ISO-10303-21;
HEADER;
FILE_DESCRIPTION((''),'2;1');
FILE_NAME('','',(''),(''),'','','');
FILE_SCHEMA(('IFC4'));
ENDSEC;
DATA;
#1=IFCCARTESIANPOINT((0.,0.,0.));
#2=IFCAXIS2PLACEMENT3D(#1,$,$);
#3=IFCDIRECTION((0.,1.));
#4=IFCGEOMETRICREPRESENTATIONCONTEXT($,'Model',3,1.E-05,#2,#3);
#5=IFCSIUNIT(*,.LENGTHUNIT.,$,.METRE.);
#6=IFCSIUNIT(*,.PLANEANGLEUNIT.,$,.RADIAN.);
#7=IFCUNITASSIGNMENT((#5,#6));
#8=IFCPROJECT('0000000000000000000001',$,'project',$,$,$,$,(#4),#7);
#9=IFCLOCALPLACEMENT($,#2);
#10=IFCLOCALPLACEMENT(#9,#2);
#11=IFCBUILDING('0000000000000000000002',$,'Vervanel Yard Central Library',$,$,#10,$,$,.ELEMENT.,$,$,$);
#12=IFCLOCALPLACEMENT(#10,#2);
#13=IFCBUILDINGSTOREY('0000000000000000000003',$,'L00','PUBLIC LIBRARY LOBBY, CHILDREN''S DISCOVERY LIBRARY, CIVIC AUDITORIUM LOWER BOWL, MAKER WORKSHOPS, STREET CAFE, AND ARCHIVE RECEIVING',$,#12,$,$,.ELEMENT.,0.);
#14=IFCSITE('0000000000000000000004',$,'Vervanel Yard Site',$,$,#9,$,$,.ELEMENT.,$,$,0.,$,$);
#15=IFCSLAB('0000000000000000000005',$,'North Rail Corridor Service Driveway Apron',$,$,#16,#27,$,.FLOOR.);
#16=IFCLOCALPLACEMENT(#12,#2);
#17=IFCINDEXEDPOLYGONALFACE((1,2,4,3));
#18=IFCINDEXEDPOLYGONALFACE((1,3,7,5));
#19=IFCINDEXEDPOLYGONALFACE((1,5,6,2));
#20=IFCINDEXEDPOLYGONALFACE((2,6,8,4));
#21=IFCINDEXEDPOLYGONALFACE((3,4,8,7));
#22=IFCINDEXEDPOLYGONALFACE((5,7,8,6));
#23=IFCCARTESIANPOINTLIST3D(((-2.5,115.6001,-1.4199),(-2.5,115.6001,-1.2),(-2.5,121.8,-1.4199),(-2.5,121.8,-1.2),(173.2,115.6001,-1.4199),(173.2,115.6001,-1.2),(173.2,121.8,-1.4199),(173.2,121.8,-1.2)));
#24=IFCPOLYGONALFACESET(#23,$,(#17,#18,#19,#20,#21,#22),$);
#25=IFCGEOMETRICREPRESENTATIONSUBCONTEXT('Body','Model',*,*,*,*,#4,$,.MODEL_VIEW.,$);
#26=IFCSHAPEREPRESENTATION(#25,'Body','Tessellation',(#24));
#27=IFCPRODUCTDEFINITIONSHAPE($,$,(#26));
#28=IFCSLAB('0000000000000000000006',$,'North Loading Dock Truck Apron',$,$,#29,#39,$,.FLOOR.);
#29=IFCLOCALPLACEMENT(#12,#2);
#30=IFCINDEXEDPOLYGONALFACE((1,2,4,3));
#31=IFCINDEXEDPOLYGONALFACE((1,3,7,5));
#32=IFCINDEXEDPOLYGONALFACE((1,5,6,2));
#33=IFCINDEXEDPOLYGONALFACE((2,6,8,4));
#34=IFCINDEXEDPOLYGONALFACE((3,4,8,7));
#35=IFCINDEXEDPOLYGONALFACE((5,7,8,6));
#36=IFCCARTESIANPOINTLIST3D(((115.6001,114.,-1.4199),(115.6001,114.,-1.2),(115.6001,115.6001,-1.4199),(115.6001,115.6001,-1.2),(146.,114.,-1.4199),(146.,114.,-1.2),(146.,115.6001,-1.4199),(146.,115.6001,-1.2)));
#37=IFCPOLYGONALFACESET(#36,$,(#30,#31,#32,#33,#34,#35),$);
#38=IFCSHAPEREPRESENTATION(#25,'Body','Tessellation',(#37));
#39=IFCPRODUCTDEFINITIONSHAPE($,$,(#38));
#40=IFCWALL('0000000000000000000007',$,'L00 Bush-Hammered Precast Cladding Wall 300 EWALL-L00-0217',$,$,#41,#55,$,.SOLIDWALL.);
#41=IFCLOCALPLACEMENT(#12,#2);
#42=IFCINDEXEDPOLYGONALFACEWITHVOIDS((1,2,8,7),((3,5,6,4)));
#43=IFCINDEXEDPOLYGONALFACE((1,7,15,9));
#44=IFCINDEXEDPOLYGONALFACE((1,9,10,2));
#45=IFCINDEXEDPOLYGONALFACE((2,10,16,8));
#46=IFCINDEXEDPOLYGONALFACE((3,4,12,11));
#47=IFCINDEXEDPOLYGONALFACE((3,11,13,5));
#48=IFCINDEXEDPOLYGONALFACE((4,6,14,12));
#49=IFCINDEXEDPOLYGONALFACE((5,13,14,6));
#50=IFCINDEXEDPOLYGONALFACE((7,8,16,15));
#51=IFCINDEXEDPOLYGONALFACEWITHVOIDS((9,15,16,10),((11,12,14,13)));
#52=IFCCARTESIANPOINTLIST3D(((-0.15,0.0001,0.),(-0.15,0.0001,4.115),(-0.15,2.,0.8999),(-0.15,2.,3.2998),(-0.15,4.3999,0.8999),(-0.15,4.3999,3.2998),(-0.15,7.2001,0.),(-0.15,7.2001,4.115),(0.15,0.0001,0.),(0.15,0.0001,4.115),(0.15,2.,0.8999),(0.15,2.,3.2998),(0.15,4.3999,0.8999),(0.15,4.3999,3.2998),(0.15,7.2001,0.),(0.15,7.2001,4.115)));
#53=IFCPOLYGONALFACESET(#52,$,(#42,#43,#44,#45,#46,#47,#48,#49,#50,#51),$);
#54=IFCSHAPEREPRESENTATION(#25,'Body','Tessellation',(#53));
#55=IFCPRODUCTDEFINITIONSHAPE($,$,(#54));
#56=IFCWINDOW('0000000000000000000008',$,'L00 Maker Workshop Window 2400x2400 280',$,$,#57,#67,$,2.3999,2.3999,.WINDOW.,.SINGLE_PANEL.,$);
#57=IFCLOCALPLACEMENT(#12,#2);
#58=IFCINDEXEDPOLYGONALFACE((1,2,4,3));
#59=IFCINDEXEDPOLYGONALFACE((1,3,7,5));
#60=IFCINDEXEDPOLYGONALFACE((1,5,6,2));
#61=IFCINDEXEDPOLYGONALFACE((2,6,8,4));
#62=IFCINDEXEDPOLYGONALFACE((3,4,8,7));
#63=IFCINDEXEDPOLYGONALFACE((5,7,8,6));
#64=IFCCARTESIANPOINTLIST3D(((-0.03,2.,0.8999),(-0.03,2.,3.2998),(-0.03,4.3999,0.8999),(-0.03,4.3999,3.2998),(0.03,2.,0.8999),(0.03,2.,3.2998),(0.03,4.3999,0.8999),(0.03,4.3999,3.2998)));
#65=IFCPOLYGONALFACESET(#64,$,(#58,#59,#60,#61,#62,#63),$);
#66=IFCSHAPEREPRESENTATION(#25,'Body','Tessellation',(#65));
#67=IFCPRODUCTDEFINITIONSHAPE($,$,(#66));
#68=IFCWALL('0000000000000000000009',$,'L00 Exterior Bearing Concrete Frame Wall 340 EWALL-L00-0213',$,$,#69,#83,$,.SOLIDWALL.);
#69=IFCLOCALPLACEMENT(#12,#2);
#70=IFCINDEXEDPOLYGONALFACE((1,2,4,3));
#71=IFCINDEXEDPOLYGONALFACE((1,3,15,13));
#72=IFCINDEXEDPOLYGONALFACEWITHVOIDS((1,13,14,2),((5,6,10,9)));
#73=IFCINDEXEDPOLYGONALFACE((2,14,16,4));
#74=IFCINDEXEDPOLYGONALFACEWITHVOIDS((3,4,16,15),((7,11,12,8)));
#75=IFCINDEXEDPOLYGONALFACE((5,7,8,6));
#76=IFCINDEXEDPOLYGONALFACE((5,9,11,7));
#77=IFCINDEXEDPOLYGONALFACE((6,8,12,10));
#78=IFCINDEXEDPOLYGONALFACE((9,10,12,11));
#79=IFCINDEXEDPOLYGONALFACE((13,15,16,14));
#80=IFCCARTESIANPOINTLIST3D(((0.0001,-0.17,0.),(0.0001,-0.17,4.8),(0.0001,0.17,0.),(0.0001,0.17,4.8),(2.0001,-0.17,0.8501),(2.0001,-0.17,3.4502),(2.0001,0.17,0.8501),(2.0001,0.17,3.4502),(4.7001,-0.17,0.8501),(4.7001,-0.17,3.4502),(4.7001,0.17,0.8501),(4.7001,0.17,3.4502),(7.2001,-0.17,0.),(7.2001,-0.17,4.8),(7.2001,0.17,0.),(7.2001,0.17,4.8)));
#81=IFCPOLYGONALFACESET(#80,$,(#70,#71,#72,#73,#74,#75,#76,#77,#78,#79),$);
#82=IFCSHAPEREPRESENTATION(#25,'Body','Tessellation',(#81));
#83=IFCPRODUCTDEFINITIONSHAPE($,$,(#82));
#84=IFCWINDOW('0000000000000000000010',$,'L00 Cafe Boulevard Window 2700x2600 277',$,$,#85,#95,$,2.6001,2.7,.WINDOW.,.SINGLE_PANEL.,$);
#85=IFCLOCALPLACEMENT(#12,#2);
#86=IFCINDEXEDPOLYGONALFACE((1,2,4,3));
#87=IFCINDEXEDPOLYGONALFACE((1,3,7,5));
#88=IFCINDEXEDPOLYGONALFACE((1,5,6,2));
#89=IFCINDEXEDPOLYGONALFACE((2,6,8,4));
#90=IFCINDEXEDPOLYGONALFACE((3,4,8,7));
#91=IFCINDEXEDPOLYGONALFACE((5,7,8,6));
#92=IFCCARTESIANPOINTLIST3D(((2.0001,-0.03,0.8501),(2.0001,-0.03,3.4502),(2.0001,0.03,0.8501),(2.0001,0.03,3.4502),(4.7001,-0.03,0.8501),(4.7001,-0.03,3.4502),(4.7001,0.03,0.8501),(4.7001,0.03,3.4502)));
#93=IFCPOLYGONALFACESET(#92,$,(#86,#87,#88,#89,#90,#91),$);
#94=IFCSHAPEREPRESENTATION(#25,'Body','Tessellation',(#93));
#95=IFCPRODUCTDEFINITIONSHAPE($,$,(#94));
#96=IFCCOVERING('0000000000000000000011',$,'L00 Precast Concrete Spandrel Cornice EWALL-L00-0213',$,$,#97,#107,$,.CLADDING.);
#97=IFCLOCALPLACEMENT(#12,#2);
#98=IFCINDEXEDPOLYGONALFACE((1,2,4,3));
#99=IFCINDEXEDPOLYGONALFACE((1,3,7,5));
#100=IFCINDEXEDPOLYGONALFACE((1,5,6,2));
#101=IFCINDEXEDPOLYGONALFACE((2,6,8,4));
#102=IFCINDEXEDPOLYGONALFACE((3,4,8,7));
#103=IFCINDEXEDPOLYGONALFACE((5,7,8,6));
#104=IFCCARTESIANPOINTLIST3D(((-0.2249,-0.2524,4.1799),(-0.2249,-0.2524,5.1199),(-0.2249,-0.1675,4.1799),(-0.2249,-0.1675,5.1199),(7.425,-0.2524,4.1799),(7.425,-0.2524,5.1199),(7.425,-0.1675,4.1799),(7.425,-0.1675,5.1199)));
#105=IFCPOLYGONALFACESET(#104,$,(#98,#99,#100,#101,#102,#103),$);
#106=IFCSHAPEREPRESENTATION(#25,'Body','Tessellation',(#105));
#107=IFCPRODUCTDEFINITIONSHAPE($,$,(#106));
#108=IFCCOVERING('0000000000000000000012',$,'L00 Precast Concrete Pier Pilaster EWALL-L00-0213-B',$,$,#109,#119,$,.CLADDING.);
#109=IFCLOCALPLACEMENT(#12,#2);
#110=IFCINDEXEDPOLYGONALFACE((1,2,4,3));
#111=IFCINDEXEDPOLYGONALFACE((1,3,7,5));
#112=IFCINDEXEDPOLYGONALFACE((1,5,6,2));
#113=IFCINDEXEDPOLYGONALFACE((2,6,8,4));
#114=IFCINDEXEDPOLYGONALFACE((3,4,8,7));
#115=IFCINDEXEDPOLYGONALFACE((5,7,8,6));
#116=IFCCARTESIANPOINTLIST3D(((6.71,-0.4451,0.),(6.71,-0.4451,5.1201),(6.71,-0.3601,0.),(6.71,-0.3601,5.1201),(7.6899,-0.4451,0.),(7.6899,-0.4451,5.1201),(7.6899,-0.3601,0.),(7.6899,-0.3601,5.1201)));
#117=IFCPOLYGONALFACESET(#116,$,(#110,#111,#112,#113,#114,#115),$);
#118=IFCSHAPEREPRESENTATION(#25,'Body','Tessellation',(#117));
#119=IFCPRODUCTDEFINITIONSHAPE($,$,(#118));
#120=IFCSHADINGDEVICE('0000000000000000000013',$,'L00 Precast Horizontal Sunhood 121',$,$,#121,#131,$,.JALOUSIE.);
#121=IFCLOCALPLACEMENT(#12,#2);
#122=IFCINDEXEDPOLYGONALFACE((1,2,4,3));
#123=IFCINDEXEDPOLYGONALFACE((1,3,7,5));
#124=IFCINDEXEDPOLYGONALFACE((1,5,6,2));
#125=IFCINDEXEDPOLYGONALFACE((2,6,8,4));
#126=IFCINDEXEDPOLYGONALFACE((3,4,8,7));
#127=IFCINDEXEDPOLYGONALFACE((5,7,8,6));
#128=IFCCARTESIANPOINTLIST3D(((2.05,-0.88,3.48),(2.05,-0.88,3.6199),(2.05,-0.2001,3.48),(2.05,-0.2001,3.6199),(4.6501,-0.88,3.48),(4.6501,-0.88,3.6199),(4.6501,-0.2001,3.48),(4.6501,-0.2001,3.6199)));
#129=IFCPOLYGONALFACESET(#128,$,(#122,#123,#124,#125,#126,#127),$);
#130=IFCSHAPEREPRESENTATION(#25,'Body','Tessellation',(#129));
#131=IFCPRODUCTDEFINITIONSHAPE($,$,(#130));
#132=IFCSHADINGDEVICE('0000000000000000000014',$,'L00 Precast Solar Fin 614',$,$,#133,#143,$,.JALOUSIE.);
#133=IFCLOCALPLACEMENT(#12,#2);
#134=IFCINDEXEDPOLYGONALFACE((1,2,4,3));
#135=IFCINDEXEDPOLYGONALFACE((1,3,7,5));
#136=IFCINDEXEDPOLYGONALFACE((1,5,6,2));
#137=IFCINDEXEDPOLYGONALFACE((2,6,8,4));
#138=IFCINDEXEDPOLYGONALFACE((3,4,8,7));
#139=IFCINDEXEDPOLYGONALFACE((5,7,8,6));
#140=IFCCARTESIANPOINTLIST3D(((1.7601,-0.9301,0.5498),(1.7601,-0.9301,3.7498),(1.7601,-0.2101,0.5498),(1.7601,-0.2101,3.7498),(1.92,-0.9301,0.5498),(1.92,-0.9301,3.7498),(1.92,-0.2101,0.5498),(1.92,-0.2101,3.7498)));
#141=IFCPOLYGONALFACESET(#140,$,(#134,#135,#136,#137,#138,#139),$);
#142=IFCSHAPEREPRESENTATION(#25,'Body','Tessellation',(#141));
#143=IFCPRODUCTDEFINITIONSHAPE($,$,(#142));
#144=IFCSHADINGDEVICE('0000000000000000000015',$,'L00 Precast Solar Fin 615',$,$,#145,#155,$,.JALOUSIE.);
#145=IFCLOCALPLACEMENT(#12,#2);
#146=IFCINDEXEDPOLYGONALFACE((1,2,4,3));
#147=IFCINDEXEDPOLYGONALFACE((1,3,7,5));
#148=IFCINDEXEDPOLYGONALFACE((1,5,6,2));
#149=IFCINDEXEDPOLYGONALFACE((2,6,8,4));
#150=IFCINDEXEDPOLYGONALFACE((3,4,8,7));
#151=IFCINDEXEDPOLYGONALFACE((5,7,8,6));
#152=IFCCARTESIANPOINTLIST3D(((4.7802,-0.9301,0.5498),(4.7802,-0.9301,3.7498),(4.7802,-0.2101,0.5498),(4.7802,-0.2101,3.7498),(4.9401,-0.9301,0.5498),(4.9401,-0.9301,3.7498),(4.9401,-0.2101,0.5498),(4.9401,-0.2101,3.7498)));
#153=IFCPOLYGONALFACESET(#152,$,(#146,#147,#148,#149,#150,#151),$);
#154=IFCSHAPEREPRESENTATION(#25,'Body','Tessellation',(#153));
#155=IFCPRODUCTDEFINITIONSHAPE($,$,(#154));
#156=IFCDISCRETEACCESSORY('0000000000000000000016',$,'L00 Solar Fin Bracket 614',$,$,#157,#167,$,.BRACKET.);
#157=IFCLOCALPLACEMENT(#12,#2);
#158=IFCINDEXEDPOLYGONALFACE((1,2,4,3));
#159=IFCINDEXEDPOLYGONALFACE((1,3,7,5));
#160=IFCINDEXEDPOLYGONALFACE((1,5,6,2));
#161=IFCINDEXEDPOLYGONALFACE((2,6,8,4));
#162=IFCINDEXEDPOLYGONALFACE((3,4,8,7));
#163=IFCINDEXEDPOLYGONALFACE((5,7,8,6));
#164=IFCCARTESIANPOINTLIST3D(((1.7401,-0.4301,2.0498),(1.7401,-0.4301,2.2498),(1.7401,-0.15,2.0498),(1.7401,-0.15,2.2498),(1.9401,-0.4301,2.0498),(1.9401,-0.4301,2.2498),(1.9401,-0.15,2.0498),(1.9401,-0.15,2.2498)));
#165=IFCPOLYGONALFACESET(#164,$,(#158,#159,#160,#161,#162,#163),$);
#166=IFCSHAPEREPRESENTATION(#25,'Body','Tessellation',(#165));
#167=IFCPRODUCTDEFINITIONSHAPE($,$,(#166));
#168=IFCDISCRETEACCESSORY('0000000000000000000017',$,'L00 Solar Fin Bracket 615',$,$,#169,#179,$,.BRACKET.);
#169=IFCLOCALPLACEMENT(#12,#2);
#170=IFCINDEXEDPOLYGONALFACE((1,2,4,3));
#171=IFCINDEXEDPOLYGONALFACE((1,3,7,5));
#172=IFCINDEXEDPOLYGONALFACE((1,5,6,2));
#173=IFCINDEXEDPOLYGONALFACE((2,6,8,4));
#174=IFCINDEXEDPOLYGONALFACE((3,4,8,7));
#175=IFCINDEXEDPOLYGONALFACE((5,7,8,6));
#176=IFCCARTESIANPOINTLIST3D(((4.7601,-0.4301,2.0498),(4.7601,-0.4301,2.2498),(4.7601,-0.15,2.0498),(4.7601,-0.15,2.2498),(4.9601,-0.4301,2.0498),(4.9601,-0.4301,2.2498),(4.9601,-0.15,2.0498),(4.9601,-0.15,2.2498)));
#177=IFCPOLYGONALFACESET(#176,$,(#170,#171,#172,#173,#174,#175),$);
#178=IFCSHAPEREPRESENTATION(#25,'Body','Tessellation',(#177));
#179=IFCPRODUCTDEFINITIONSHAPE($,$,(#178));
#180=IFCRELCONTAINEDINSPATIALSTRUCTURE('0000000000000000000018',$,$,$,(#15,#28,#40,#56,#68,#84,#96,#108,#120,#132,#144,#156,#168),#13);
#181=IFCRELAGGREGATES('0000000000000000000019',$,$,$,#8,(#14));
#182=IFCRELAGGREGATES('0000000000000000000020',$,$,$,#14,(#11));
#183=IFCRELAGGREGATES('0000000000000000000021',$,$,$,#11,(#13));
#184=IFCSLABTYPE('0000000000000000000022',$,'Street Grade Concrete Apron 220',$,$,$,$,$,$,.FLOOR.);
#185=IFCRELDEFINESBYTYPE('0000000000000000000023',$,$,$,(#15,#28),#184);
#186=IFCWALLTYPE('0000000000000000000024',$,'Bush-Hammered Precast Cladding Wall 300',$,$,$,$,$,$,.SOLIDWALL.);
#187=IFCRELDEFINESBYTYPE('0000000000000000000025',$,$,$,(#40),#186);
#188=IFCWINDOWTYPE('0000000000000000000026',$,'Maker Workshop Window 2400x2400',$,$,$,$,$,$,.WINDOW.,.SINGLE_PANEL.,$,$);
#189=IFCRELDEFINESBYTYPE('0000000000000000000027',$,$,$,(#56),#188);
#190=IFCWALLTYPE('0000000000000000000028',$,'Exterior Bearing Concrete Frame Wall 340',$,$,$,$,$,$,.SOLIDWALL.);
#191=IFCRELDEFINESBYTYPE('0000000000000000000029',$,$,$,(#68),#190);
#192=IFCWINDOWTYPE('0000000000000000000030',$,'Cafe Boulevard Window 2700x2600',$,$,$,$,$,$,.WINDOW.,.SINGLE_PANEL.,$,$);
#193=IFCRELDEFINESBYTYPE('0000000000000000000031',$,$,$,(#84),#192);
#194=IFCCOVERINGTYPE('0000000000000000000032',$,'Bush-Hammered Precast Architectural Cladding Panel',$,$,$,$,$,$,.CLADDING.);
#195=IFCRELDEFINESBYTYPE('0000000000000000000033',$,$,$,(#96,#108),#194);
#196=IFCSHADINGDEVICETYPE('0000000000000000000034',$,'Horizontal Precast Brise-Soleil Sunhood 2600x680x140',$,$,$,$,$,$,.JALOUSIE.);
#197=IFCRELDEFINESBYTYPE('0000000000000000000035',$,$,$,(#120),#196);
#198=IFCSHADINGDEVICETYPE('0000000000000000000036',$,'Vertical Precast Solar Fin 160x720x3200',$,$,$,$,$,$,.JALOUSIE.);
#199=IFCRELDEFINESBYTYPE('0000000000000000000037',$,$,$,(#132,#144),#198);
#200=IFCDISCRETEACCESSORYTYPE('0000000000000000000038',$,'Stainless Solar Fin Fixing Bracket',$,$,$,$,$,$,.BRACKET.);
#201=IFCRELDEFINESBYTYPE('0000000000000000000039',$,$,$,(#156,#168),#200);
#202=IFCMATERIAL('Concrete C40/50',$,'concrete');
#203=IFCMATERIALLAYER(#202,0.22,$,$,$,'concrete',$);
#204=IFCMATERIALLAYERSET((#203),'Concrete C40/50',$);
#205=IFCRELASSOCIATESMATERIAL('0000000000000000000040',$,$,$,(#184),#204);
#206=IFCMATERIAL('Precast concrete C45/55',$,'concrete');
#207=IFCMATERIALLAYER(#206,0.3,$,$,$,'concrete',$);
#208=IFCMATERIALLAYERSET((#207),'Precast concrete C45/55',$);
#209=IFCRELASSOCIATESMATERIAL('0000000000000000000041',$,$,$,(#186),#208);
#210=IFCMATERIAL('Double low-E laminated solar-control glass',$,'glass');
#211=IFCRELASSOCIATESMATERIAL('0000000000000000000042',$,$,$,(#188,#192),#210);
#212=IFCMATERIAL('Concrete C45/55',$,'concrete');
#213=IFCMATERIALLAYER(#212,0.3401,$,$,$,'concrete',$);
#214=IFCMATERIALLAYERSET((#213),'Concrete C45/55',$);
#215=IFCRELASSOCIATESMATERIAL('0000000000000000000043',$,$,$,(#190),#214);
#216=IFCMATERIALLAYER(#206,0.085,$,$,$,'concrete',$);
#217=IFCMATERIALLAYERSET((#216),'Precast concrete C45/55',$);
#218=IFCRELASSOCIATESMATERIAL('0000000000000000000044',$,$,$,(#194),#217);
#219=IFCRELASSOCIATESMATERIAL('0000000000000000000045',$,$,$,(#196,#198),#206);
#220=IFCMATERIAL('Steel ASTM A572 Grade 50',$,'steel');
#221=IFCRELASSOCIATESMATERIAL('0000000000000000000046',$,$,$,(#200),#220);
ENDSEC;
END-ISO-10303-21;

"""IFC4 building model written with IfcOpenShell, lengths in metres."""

from ifc_helpers import new_model, si_unit, direction, frame, frame_2d, origin, origin_with_axes, origin_2d, place, context, subcontext, project, spatial, polyline, rectangle, outline, extrude, material, layer, layer_set, type_object, element, fill, save


model = new_model("IFC4")

# Units and contexts
model_context = context("Model", 3, precision=1e-05, world=origin(), true_north=direction((0.0, 1.0)))
body_context = subcontext(model_context, "Body", "Model", "MODEL_VIEW")
ifc_project = project(units=[si_unit("LENGTHUNIT", "METRE"), si_unit("PLANEANGLEUNIT", "RADIAN")], contexts=[model_context])

# Site, building, storey
site_placement = place(None, origin())
site = spatial("IfcSite", under=ifc_project, at=site_placement, Name="Vervanel Yard Site", CompositionType="ELEMENT", RefElevation=0.0)
building_placement = place(site_placement, origin())
building = spatial("IfcBuilding", under=site, at=building_placement, Name="Vervanel Yard Central Library", CompositionType="ELEMENT")
storey_placement = place(building_placement, origin())
storey = spatial("IfcBuildingStorey", under=building, at=storey_placement, Name="L00", Description="PUBLIC LIBRARY LOBBY, CHILDREN'S DISCOVERY LIBRARY, CIVIC AUDITORIUM LOWER BOWL, MAKER WORKSHOPS, STREET CAFE, AND ARCHIVE RECEIVING", CompositionType="ELEMENT", Elevation=0.0)

# Shared definitions
ifc_material_1 = material(Name="Concrete C40/50", Category="concrete")

# Shared definitions
ifc_material_2 = material(Name="Concrete C45/55", Category="concrete")

# Slabs
ifc_layer_1 = layer(ifc_material_1, 0.22, Category="concrete")
ifc_layer_set_1 = layer_set([ifc_layer_1], Name="Concrete C40/50")
slab_type_1 = type_object("IfcSlabType", Name="Street Grade Concrete Apron 220", PredefinedType="FLOOR", material=ifc_layer_set_1)
slab_1_placement = place(storey_placement, frame((0.0, 0.0, -1.4199)))
element("IfcSlab", 1, at=slab_1_placement, inside=storey, type_object=slab_type_1, Name="North Rail Corridor Service Driveway Apron", PredefinedType="FLOOR", context=body_context, shape_type="SweptSolid", body=[
    extrude(outline(polyline([(-2.5, 115.6001), (173.2, 115.6001), (173.2, 121.8), (-2.5, 121.8), (-2.5, 115.6001)])), origin(), (0.0, 0.0, 1.0), 0.22),
])
slab_2_placement = place(storey_placement, frame((0.0, 0.0, -1.4199)))
element("IfcSlab", 2, at=slab_2_placement, inside=storey, type_object=slab_type_1, Name="North Loading Dock Truck Apron", PredefinedType="FLOOR", context=body_context, shape_type="SweptSolid", body=[
    extrude(outline(polyline([(115.6001, 114.0), (146.0, 114.0), (146.0, 115.6001), (115.6001, 115.6001), (115.6001, 114.0)])), origin(), (0.0, 0.0, 1.0), 0.22),
])

# Walls, openings, windows
ifc_material_3 = material(Name="Precast concrete C45/55", Category="concrete")
ifc_layer_2 = layer(ifc_material_3, 0.3, Category="concrete")
ifc_layer_set_2 = layer_set([ifc_layer_2], Name="Precast concrete C45/55")
wall_type_1 = type_object("IfcWallType", Name="Bush-Hammered Precast Cladding Wall 300", PredefinedType="SOLIDWALL", material=ifc_layer_set_2)
wall_1_placement = place(storey_placement, frame((0.0, 0.0, 0.0), z_axis=(0.0, 0.0, 1.0), x_axis=(0.0, 1.0, 0.0)))
wall_1 = element("IfcWall", 3, at=wall_1_placement, inside=storey, type_object=wall_type_1, Name="L00 Bush-Hammered Precast Cladding Wall 300 EWALL-L00-0217", PredefinedType="SOLIDWALL", context=body_context, shape_type="SweptSolid", body=[
    extrude(rectangle(XDim=7.2, YDim=0.3, at=frame_2d((3.6001, 0.0))), origin(), (0.0, 0.0, 1.0), 4.115),
])
opening_1_placement = place(wall_1_placement, frame((2.0, 0.0, 0.8999)))
opening_1 = element("IfcOpeningElement", 4, at=opening_1_placement, cuts=wall_1, PredefinedType="OPENING", context=body_context, shape_type="SweptSolid", body=[
    extrude(rectangle(XDim=2.3999, YDim=2.3999, at=frame_2d((1.2, 1.2))), frame((0.0, 0.1599, 0.0), z_axis=(0.0, -1.0, 0.0), x_axis=(1.0, 0.0, 0.0)), (0.0, 0.0, 1.0), 0.3201),
])
ifc_material_4 = material(Name="Double low-E laminated solar-control glass", Category="glass")
window_type_1 = type_object("IfcWindowType", Name="Maker Workshop Window 2400x2400", PartitioningType="SINGLE_PANEL", PredefinedType="WINDOW", material=ifc_material_4)
window_1_placement = place(opening_1_placement, origin())
window_1 = element("IfcWindow", 5, at=window_1_placement, inside=storey, type_object=window_type_1, Name="L00 Maker Workshop Window 2400x2400 280", OverallHeight=2.3999, OverallWidth=2.3999, PartitioningType="SINGLE_PANEL", PredefinedType="WINDOW", context=body_context, shape_type="SweptSolid", body=[
    extrude(rectangle(XDim=2.3999, YDim=2.3999, at=frame_2d((1.2, 1.2))), frame((0.0, 0.03, 0.0), z_axis=(0.0, -1.0, 0.0), x_axis=(1.0, 0.0, 0.0)), (0.0, 0.0, 1.0), 0.0601),
])
fill(opening_1, window_1)
ifc_layer_3 = layer(ifc_material_2, 0.3401, Category="concrete")
ifc_layer_set_3 = layer_set([ifc_layer_3], Name="Concrete C45/55")
wall_type_2 = type_object("IfcWallType", Name="Exterior Bearing Concrete Frame Wall 340", PredefinedType="SOLIDWALL", material=ifc_layer_set_3)
wall_2_placement = place(storey_placement, origin_with_axes())
wall_2 = element("IfcWall", 6, at=wall_2_placement, inside=storey, type_object=wall_type_2, Name="L00 Exterior Bearing Concrete Frame Wall 340 EWALL-L00-0213", PredefinedType="SOLIDWALL", context=body_context, shape_type="SweptSolid", body=[
    extrude(rectangle(XDim=7.2, YDim=0.3401, at=frame_2d((3.6001, 0.0))), origin(), (0.0, 0.0, 1.0), 4.8),
])
opening_2_placement = place(wall_2_placement, frame((2.0, 0.0, 0.8501)))
opening_2 = element("IfcOpeningElement", 7, at=opening_2_placement, cuts=wall_2, PredefinedType="OPENING", context=body_context, shape_type="SweptSolid", body=[
    extrude(rectangle(XDim=2.7, YDim=2.6001, at=frame_2d((1.3501, 1.3))), frame((0.0, 0.1799, 0.0), z_axis=(0.0, -1.0, 0.0), x_axis=(1.0, 0.0, 0.0)), (0.0, 0.0, 1.0), 0.3601),
])
window_type_2 = type_object("IfcWindowType", Name="Cafe Boulevard Window 2700x2600", PartitioningType="SINGLE_PANEL", PredefinedType="WINDOW", material=ifc_material_4)
window_2_placement = place(opening_2_placement, origin())
window_2 = element("IfcWindow", 8, at=window_2_placement, inside=storey, type_object=window_type_2, Name="L00 Cafe Boulevard Window 2700x2600 277", OverallHeight=2.6001, OverallWidth=2.7, PartitioningType="SINGLE_PANEL", PredefinedType="WINDOW", context=body_context, shape_type="SweptSolid", body=[
    extrude(rectangle(XDim=2.7, YDim=2.6001, at=frame_2d((1.3501, 1.3))), frame((0.0, 0.03, 0.0), z_axis=(0.0, -1.0, 0.0), x_axis=(1.0, 0.0, 0.0)), (0.0, 0.0, 1.0), 0.0601),
])
fill(opening_2, window_2)

# Coverings
ifc_layer_4 = layer(ifc_material_3, 0.085, Category="concrete")
ifc_layer_set_4 = layer_set([ifc_layer_4], Name="Precast concrete C45/55")
covering_type = type_object("IfcCoveringType", Name="Bush-Hammered Precast Architectural Cladding Panel", PredefinedType="CLADDING", material=ifc_layer_set_4)
covering_1_placement = place(storey_placement, frame((3.6001, -0.21, 4.1799), z_axis=(0.0, 0.0, 1.0), x_axis=(1.0, 0.0, 0.0)))
element("IfcCovering", 9, at=covering_1_placement, inside=storey, type_object=covering_type, Name="L00 Precast Concrete Spandrel Cornice EWALL-L00-0213", PredefinedType="CLADDING", context=body_context, shape_type="SweptSolid", body=[
    extrude(rectangle(XDim=7.6499, YDim=0.085, at=origin_2d()), origin(), (0.0, 0.0, 1.0), 0.9399),
])
covering_2_placement = place(storey_placement, frame((7.2, -0.4026, 0.0), z_axis=(0.0, 0.0, 1.0), x_axis=(1.0, 0.0, 0.0)))
element("IfcCovering", 10, at=covering_2_placement, inside=storey, type_object=covering_type, Name="L00 Precast Concrete Pier Pilaster EWALL-L00-0213-B", PredefinedType="CLADDING", context=body_context, shape_type="SweptSolid", body=[
    extrude(rectangle(XDim=0.98, YDim=0.085, at=origin_2d()), origin(), (0.0, 0.0, 1.0), 5.1201),
])

# Shading devices
shading_device_type_1 = type_object("IfcShadingDeviceType", Name="Horizontal Precast Brise-Soleil Sunhood 2600x680x140", PredefinedType="JALOUSIE", material=ifc_material_3)
shading_device_placement = place(storey_placement, frame((3.3501, -0.54, 3.48), z_axis=(0.0, 0.0, 1.0), x_axis=(1.0, 0.0, 0.0)))
element("IfcShadingDevice", 11, at=shading_device_placement, inside=storey, type_object=shading_device_type_1, Name="L00 Precast Horizontal Sunhood 121", PredefinedType="JALOUSIE", context=body_context, shape_type="SweptSolid", body=[
    extrude(rectangle(XDim=2.6001, YDim=0.6799, at=origin_2d()), origin(), (0.0, 0.0, 1.0), 0.1399),
])
shading_device_type_2 = type_object("IfcShadingDeviceType", Name="Vertical Precast Solar Fin 160x720x3200", PredefinedType="JALOUSIE", material=ifc_material_3)
for number, where, z_axis, x_axis, name in (
    (12, (1.8401, -0.5701, 0.5498), (0.0, 0.0, 1.0), (1.0, 0.0, 0.0), "L00 Precast Solar Fin 614"),
    (13, (4.8601, -0.5701, 0.5498), (0.0, 0.0, 1.0), (1.0, 0.0, 0.0), "L00 Precast Solar Fin 615"),
):
    element("IfcShadingDevice", number, at=place(storey_placement, frame(where, z_axis=z_axis, x_axis=x_axis)), inside=storey, type_object=shading_device_type_2, Name=name, PredefinedType="JALOUSIE", context=body_context, shape_type="SweptSolid", body=[
        extrude(rectangle(XDim=0.1599, YDim=0.72, at=origin_2d()), origin(), (0.0, 0.0, 1.0), 3.2),
    ])

# Discrete accessories
ifc_material_5 = material(Name="Steel ASTM A572 Grade 50", Category="steel")
discrete_accessory_type = type_object("IfcDiscreteAccessoryType", Name="Stainless Solar Fin Fixing Bracket", PredefinedType="BRACKET", material=ifc_material_5)
for number, where, z_axis, x_axis, name in (
    (14, (1.8401, -0.29, 2.0498), (0.0, 0.0, 1.0), (1.0, 0.0, 0.0), "L00 Solar Fin Bracket 614"),
    (15, (4.8601, -0.29, 2.0498), (0.0, 0.0, 1.0), (1.0, 0.0, 0.0), "L00 Solar Fin Bracket 615"),
):
    element("IfcDiscreteAccessory", number, at=place(storey_placement, frame(where, z_axis=z_axis, x_axis=x_axis)), inside=storey, type_object=discrete_accessory_type, Name=name, PredefinedType="BRACKET", context=body_context, shape_type="SweptSolid", body=[
        extrude(rectangle(XDim=0.2, YDim=0.28, at=origin_2d()), origin(), (0.0, 0.0, 1.0), 0.2),
    ])

save(model, "model.ifc")
